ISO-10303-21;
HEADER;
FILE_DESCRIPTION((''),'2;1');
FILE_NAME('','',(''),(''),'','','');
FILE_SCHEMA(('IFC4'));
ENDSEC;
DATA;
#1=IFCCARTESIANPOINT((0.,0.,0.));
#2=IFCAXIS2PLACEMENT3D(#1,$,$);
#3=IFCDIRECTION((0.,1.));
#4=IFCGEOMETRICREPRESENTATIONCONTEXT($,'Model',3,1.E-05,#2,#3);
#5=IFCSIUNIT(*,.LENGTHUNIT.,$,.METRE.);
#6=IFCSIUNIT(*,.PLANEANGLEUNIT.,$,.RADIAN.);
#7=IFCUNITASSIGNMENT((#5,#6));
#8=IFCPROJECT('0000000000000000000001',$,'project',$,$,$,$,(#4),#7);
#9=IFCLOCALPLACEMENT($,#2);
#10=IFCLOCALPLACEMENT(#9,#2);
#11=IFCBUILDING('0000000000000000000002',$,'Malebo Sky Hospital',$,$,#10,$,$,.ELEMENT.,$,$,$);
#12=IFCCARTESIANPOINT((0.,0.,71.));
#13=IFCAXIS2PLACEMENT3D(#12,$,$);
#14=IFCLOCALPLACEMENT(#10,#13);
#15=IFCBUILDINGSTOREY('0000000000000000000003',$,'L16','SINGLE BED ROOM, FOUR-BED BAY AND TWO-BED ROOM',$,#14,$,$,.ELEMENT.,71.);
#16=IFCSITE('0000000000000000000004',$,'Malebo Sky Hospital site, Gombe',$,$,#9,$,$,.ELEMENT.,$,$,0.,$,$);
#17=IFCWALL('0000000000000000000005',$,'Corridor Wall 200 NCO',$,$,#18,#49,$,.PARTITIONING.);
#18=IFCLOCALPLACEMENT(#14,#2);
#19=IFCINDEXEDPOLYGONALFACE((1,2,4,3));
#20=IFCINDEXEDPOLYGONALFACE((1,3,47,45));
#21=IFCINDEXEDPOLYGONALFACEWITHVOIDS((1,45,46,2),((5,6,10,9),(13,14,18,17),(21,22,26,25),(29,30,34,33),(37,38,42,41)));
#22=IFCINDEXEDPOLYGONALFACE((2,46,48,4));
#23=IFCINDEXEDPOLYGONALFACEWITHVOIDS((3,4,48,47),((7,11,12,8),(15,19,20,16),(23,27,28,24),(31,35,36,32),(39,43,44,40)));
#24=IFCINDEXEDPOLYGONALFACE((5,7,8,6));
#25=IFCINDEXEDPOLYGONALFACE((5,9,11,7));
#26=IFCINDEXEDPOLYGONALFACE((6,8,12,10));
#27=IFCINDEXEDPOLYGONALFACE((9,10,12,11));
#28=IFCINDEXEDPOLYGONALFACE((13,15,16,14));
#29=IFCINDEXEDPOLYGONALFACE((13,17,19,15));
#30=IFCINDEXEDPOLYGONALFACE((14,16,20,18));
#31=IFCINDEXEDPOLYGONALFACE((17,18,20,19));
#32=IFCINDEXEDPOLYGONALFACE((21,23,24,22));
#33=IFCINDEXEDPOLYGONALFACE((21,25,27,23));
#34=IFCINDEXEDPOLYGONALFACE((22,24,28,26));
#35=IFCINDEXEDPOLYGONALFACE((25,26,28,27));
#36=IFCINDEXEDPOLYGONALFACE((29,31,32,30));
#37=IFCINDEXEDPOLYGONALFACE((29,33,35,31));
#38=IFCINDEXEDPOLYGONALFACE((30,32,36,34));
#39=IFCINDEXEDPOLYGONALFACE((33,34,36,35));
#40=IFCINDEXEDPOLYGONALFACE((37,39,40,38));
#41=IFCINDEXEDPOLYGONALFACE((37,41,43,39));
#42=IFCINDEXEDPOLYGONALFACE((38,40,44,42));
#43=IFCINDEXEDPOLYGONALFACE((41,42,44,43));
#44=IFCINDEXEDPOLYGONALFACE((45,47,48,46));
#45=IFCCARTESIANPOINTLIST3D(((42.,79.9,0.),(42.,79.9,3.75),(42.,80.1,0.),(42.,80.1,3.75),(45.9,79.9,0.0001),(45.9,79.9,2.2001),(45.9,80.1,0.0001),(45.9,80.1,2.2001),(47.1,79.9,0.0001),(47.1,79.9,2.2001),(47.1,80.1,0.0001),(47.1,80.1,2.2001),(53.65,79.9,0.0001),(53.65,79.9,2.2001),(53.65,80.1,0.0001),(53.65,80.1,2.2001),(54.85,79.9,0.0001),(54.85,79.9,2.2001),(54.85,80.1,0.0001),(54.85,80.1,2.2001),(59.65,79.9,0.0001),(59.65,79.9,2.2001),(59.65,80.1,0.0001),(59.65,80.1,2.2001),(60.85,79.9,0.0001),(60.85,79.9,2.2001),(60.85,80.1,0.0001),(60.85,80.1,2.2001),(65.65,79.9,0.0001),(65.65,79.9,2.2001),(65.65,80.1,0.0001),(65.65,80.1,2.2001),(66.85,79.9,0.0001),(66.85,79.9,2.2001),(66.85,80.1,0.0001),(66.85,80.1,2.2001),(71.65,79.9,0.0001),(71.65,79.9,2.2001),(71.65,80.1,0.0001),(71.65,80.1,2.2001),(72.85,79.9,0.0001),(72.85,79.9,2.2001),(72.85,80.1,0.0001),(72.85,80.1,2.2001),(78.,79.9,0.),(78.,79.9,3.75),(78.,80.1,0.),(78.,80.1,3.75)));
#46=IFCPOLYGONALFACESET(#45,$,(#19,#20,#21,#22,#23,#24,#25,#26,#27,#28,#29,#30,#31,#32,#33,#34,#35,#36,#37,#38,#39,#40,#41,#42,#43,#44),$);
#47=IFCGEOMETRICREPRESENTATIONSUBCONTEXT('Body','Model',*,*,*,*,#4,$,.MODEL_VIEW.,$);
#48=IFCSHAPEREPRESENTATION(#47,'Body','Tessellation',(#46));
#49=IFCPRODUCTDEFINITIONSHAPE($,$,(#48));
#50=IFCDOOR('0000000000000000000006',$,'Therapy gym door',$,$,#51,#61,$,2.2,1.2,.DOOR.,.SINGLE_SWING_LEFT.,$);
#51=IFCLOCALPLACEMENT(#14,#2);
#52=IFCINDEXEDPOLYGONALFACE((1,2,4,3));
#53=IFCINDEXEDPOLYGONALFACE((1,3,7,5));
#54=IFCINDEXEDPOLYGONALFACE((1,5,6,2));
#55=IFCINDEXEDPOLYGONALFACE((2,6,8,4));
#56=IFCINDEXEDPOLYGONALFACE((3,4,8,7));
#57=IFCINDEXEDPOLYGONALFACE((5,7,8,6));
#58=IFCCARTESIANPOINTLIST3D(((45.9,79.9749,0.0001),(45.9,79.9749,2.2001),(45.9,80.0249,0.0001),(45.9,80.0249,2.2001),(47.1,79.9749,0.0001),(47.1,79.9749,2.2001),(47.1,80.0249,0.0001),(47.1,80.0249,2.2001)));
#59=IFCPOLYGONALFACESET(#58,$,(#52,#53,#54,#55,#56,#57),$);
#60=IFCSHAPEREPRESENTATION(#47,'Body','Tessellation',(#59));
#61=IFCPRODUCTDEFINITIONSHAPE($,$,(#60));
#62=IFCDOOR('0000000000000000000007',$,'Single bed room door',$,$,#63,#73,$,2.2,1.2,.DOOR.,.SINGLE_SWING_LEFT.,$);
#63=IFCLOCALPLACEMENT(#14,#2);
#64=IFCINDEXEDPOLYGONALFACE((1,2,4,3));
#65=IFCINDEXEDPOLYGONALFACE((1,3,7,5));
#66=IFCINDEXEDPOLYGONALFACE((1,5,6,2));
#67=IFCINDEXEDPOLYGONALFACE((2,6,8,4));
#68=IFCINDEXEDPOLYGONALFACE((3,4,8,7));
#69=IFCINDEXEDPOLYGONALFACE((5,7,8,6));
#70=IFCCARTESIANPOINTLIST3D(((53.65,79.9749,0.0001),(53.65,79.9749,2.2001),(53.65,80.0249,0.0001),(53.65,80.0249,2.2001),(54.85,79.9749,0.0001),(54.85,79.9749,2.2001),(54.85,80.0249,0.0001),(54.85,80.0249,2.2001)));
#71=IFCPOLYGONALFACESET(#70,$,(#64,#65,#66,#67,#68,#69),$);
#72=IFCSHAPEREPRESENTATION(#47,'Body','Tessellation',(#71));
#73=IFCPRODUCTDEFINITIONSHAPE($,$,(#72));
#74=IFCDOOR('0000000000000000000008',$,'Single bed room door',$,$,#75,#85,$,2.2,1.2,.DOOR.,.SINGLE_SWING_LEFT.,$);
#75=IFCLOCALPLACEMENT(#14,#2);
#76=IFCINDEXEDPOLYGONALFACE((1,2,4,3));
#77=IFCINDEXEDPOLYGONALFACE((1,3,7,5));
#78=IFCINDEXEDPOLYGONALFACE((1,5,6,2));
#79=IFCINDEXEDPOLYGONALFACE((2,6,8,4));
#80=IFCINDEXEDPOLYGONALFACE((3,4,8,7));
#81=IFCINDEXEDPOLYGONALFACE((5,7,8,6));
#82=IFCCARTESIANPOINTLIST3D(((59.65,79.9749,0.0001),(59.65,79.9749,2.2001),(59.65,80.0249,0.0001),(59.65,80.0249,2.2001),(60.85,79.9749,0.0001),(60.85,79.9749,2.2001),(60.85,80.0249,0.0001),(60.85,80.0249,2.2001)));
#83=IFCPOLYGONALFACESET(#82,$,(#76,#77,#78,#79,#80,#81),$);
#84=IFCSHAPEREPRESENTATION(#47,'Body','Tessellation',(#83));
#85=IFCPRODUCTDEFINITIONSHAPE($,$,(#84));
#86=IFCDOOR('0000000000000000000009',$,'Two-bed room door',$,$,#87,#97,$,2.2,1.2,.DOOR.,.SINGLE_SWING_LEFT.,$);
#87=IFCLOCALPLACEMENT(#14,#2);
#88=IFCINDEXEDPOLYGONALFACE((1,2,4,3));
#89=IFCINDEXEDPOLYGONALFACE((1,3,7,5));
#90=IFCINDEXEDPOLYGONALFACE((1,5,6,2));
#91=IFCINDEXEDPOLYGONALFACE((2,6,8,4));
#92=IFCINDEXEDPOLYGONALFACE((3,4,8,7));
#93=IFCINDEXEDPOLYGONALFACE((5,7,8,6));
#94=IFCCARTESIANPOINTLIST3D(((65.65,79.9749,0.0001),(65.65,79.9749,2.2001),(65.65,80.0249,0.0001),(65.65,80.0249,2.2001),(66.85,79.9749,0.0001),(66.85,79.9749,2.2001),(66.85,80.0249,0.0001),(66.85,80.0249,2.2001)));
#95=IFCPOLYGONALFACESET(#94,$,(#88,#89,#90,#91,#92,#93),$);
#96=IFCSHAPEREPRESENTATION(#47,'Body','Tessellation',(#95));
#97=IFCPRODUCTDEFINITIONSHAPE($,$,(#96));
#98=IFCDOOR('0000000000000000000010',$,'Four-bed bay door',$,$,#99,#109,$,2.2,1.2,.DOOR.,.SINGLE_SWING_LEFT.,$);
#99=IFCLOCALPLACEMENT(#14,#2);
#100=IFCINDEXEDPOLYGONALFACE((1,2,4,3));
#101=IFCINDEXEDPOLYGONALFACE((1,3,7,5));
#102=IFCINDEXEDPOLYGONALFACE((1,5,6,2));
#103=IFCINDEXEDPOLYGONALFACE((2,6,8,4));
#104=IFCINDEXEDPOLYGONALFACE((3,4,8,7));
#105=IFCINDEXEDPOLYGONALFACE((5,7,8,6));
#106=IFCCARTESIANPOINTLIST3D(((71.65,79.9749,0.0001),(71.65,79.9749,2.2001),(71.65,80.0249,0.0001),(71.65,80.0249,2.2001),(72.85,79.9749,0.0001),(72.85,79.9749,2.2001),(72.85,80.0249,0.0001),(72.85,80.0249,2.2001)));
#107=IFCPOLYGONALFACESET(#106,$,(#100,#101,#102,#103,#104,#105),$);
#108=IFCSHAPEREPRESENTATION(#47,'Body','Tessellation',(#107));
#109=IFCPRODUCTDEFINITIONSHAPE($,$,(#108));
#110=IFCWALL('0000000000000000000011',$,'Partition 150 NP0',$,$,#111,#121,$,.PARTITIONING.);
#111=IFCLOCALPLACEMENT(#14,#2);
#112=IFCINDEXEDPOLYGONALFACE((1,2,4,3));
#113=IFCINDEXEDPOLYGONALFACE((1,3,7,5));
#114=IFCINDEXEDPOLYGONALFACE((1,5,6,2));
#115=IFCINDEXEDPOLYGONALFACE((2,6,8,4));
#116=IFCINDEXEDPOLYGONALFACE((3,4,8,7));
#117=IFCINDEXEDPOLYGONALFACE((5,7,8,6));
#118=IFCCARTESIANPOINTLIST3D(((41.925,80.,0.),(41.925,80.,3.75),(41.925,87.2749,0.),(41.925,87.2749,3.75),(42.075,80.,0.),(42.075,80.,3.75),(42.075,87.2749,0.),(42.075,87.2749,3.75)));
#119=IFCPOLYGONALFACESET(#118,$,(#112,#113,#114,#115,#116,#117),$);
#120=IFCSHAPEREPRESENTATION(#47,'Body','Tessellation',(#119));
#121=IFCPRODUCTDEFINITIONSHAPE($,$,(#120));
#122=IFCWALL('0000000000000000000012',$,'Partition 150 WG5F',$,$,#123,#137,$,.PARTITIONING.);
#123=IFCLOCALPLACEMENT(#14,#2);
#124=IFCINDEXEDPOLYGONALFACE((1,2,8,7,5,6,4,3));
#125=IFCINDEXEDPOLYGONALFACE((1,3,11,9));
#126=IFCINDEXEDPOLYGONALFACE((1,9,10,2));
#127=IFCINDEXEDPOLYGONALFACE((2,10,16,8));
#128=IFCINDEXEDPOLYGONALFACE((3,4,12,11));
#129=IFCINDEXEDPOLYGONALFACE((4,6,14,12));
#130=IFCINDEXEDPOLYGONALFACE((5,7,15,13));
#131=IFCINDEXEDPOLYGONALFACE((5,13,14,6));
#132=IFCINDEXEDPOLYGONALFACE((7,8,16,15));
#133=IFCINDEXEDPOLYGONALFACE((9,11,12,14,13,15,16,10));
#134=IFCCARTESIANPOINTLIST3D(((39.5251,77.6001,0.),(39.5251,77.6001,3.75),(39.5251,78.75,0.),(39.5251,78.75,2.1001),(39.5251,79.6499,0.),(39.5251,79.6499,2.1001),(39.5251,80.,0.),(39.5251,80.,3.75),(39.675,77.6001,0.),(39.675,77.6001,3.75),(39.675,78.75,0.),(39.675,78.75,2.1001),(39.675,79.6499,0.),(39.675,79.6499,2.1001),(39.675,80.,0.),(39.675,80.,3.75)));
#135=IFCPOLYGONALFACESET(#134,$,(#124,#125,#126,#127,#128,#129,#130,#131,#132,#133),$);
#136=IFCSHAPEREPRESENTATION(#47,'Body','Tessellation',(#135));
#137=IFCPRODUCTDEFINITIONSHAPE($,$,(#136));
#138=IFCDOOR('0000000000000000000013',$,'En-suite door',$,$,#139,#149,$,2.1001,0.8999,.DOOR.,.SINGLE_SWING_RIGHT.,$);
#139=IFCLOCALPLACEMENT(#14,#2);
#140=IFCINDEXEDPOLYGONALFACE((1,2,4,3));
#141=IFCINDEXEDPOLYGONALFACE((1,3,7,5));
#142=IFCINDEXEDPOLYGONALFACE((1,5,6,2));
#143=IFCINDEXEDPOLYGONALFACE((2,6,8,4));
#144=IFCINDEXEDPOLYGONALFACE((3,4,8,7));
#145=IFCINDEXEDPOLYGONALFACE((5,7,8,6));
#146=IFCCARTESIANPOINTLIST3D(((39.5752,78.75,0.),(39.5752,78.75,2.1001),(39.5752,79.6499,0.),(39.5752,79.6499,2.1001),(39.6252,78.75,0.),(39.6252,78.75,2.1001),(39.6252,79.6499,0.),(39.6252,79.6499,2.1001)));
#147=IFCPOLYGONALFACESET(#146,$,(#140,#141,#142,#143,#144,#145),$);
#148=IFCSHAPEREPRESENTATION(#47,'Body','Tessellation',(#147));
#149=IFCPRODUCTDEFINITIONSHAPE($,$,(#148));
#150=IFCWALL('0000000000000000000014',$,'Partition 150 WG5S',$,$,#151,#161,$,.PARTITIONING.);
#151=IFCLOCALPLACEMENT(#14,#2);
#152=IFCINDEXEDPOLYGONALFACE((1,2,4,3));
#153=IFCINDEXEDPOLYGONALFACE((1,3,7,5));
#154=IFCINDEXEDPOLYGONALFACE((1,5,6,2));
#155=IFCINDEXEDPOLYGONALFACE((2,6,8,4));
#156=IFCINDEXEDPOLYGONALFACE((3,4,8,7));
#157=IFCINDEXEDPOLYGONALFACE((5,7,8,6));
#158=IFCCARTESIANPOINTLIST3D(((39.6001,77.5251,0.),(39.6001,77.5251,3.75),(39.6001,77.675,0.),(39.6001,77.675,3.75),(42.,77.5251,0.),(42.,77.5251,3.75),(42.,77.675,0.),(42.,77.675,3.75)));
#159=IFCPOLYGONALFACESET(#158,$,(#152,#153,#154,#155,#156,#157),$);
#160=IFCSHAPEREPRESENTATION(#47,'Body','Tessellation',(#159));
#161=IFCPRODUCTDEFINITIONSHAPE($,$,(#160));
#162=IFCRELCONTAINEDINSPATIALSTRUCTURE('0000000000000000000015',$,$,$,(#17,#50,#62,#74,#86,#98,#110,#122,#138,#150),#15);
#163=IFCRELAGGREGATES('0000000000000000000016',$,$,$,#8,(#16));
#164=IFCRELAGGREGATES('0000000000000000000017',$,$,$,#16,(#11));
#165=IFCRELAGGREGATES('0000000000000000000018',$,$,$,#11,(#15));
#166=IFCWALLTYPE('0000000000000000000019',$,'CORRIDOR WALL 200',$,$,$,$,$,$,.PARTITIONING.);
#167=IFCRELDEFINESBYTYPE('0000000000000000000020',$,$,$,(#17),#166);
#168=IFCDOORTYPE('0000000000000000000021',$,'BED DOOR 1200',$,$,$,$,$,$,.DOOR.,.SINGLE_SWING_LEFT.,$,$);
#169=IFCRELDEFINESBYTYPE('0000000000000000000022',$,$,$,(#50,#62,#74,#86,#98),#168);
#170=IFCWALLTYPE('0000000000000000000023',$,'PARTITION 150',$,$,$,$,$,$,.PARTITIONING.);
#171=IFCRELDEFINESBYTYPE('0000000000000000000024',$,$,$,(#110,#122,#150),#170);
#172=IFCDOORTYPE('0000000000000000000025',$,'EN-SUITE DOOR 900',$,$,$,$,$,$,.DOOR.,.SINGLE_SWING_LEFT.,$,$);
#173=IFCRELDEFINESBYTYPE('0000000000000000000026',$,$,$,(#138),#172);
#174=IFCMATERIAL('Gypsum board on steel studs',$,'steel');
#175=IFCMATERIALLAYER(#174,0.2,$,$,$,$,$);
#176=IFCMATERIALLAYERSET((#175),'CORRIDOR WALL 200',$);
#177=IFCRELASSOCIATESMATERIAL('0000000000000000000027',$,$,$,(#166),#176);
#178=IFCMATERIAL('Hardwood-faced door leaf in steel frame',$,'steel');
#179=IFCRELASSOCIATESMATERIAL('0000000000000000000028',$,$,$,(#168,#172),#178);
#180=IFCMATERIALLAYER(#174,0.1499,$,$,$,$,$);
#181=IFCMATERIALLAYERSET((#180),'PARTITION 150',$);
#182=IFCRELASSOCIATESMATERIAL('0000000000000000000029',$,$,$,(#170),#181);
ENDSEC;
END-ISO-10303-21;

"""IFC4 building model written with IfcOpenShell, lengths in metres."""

from ifc_helpers import new_model, si_unit, direction, frame, frame_2d, origin, place, context, subcontext, project, spatial, rectangle, extrude, material, layer, layer_set, type_object, element, fill, save


model = new_model("IFC4")

# Units and contexts
model_context = context("Model", 3, precision=1e-05, world=origin(), true_north=direction((0.0, 1.0)))
body_context = subcontext(model_context, "Body", "Model", "MODEL_VIEW")
ifc_project = project(units=[si_unit("LENGTHUNIT", "METRE"), si_unit("PLANEANGLEUNIT", "RADIAN")], contexts=[model_context])

# Site, building, storey
site_placement = place(None, origin())
site = spatial("IfcSite", under=ifc_project, at=site_placement, Name="Malebo Sky Hospital site, Gombe", CompositionType="ELEMENT", RefElevation=0.0)
building_placement = place(site_placement, origin())
building = spatial("IfcBuilding", under=site, at=building_placement, Name="Malebo Sky Hospital", CompositionType="ELEMENT")
storey_placement = place(building_placement, frame((0.0, 0.0, 71.0)))
storey = spatial("IfcBuildingStorey", under=building, at=storey_placement, Name="L16", Description="SINGLE BED ROOM, FOUR-BED BAY AND TWO-BED ROOM", CompositionType="ELEMENT", Elevation=71.0)

# Wall, openings, doors
ifc_material_1 = material(Name="Gypsum board on steel studs", Category="steel")
ifc_layer_1 = layer(ifc_material_1, 0.2)
ifc_layer_set_1 = layer_set([ifc_layer_1], Name="CORRIDOR WALL 200")
wall_type_1 = type_object("IfcWallType", Name="CORRIDOR WALL 200", PredefinedType="PARTITIONING", material=ifc_layer_set_1)
wall_1_placement = place(storey_placement, frame((42.0, 80.0, 0.0), z_axis=(0.0, 0.0, 1.0), x_axis=(1.0, 0.0, 0.0)))
wall_1 = element("IfcWall", 1, at=wall_1_placement, inside=storey, type_object=wall_type_1, Name="Corridor Wall 200 NCO", PredefinedType="PARTITIONING", context=body_context, shape_type="SweptSolid", body=[
    extrude(rectangle(XDim=36.0, YDim=0.2, at=frame_2d((18.0, 0.0))), origin(), (0.0, 0.0, 1.0), 3.75),
])
opening_1_placement = place(wall_1_placement, frame((3.8999, 0.0, 0.0)))
opening_1 = element("IfcOpeningElement", 2, at=opening_1_placement, cuts=wall_1, PredefinedType="OPENING", context=body_context, shape_type="SweptSolid", body=[
    extrude(rectangle(XDim=1.2, YDim=2.2, at=frame_2d((0.6001, 1.1001))), frame((0.0, 0.1099, 0.0), z_axis=(0.0, -1.0, 0.0), x_axis=(1.0, 0.0, 0.0)), (0.0, 0.0, 1.0), 0.22),
])
opening_2_placement = place(wall_1_placement, frame((11.6499, 0.0, 0.0)))
opening_2 = element("IfcOpeningElement", 3, at=opening_2_placement, cuts=wall_1, PredefinedType="OPENING", context=body_context, shape_type="SweptSolid", body=[
    extrude(rectangle(XDim=1.2, YDim=2.2, at=frame_2d((0.6001, 1.1001))), frame((0.0, 0.1099, 0.0), z_axis=(0.0, -1.0, 0.0), x_axis=(1.0, 0.0, 0.0)), (0.0, 0.0, 1.0), 0.22),
])
opening_3_placement = place(wall_1_placement, frame((17.6499, 0.0, 0.0)))
opening_3 = element("IfcOpeningElement", 4, at=opening_3_placement, cuts=wall_1, PredefinedType="OPENING", context=body_context, shape_type="SweptSolid", body=[
    extrude(rectangle(XDim=1.2, YDim=2.2, at=frame_2d((0.6001, 1.1001))), frame((0.0, 0.1099, 0.0), z_axis=(0.0, -1.0, 0.0), x_axis=(1.0, 0.0, 0.0)), (0.0, 0.0, 1.0), 0.22),
])
opening_4_placement = place(wall_1_placement, frame((23.6499, 0.0, 0.0)))
opening_4 = element("IfcOpeningElement", 5, at=opening_4_placement, cuts=wall_1, PredefinedType="OPENING", context=body_context, shape_type="SweptSolid", body=[
    extrude(rectangle(XDim=1.2, YDim=2.2, at=frame_2d((0.6001, 1.1001))), frame((0.0, 0.1099, 0.0), z_axis=(0.0, -1.0, 0.0), x_axis=(1.0, 0.0, 0.0)), (0.0, 0.0, 1.0), 0.22),
])
opening_5_placement = place(wall_1_placement, frame((29.6499, 0.0, 0.0)))
opening_5 = element("IfcOpeningElement", 6, at=opening_5_placement, cuts=wall_1, PredefinedType="OPENING", context=body_context, shape_type="SweptSolid", body=[
    extrude(rectangle(XDim=1.2, YDim=2.2, at=frame_2d((0.6001, 1.1001))), frame((0.0, 0.1099, 0.0), z_axis=(0.0, -1.0, 0.0), x_axis=(1.0, 0.0, 0.0)), (0.0, 0.0, 1.0), 0.22),
])
ifc_material_2 = material(Name="Hardwood-faced door leaf in steel frame", Category="steel")
door_type_1 = type_object("IfcDoorType", Name="BED DOOR 1200", OperationType="SINGLE_SWING_LEFT", PredefinedType="DOOR", material=ifc_material_2)
door_1_placement = place(opening_1_placement, origin())
door_1 = element("IfcDoor", 7, at=door_1_placement, inside=storey, type_object=door_type_1, Name="Therapy gym door", OperationType="SINGLE_SWING_LEFT", OverallHeight=2.2, OverallWidth=1.2, PredefinedType="DOOR", context=body_context, shape_type="SweptSolid", body=[
    extrude(rectangle(XDim=1.2, YDim=2.2, at=frame_2d((0.6001, 1.1001))), frame((0.0, 0.0249, 0.0), z_axis=(0.0, -1.0, 0.0), x_axis=(1.0, 0.0, 0.0)), (0.0, 0.0, 1.0), 0.05),
])
fill(opening_1, door_1)
door_2_placement = place(opening_2_placement, origin())
door_2 = element("IfcDoor", 8, at=door_2_placement, inside=storey, type_object=door_type_1, Name="Single bed room door", OperationType="SINGLE_SWING_LEFT", OverallHeight=2.2, OverallWidth=1.2, PredefinedType="DOOR", context=body_context, shape_type="SweptSolid", body=[
    extrude(rectangle(XDim=1.2, YDim=2.2, at=frame_2d((0.6001, 1.1001))), frame((0.0, 0.0249, 0.0), z_axis=(0.0, -1.0, 0.0), x_axis=(1.0, 0.0, 0.0)), (0.0, 0.0, 1.0), 0.05),
])
fill(opening_2, door_2)
door_3_placement = place(opening_3_placement, origin())
door_3 = element("IfcDoor", 9, at=door_3_placement, inside=storey, type_object=door_type_1, Name="Single bed room door", OperationType="SINGLE_SWING_LEFT", OverallHeight=2.2, OverallWidth=1.2, PredefinedType="DOOR", context=body_context, shape_type="SweptSolid", body=[
    extrude(rectangle(XDim=1.2, YDim=2.2, at=frame_2d((0.6001, 1.1001))), frame((0.0, 0.0249, 0.0), z_axis=(0.0, -1.0, 0.0), x_axis=(1.0, 0.0, 0.0)), (0.0, 0.0, 1.0), 0.05),
])
fill(opening_3, door_3)
door_4_placement = place(opening_4_placement, origin())
door_4 = element("IfcDoor", 10, at=door_4_placement, inside=storey, type_object=door_type_1, Name="Two-bed room door", OperationType="SINGLE_SWING_LEFT", OverallHeight=2.2, OverallWidth=1.2, PredefinedType="DOOR", context=body_context, shape_type="SweptSolid", body=[
    extrude(rectangle(XDim=1.2, YDim=2.2, at=frame_2d((0.6001, 1.1001))), frame((0.0, 0.0249, 0.0), z_axis=(0.0, -1.0, 0.0), x_axis=(1.0, 0.0, 0.0)), (0.0, 0.0, 1.0), 0.05),
])
fill(opening_4, door_4)
door_5_placement = place(opening_5_placement, origin())
door_5 = element("IfcDoor", 11, at=door_5_placement, inside=storey, type_object=door_type_1, Name="Four-bed bay door", OperationType="SINGLE_SWING_LEFT", OverallHeight=2.2, OverallWidth=1.2, PredefinedType="DOOR", context=body_context, shape_type="SweptSolid", body=[
    extrude(rectangle(XDim=1.2, YDim=2.2, at=frame_2d((0.6001, 1.1001))), frame((0.0, 0.0249, 0.0), z_axis=(0.0, -1.0, 0.0), x_axis=(1.0, 0.0, 0.0)), (0.0, 0.0, 1.0), 0.05),
])
fill(opening_5, door_5)

# Wall
ifc_layer_2 = layer(ifc_material_1, 0.1499)
ifc_layer_set_2 = layer_set([ifc_layer_2], Name="PARTITION 150")
wall_type_2 = type_object("IfcWallType", Name="PARTITION 150", PredefinedType="PARTITIONING", material=ifc_layer_set_2)
wall_2_placement = place(storey_placement, frame((42.0, 80.0, 0.0), z_axis=(0.0, 0.0, 1.0), x_axis=(0.0, 1.0, 0.0)))
element("IfcWall", 12, at=wall_2_placement, inside=storey, type_object=wall_type_2, Name="Partition 150 NP0", PredefinedType="PARTITIONING", context=body_context, shape_type="SweptSolid", body=[
    extrude(rectangle(XDim=7.2749, YDim=0.1499, at=frame_2d((3.6375, 0.0))), origin(), (0.0, 0.0, 1.0), 3.75),
])

# Wall, opening, door
wall_3_placement = place(storey_placement, frame((39.6001, 77.6001, 0.0), z_axis=(0.0, 0.0, 1.0), x_axis=(0.0, 1.0, 0.0)))
wall_3 = element("IfcWall", 13, at=wall_3_placement, inside=storey, type_object=wall_type_2, Name="Partition 150 WG5F", PredefinedType="PARTITIONING", context=body_context, shape_type="SweptSolid", body=[
    extrude(rectangle(XDim=2.3999, YDim=0.1499, at=frame_2d((1.2, 0.0))), origin(), (0.0, 0.0, 1.0), 3.75),
])
opening_6_placement = place(wall_3_placement, frame((1.1499, 0.0, 0.0)))
opening_6 = element("IfcOpeningElement", 14, at=opening_6_placement, cuts=wall_3, PredefinedType="OPENING", context=body_context, shape_type="SweptSolid", body=[
    extrude(rectangle(XDim=0.8999, YDim=2.1001, at=frame_2d((0.45, 1.05))), frame((0.0, 0.085, 0.0), z_axis=(0.0, -1.0, 0.0), x_axis=(1.0, 0.0, 0.0)), (0.0, 0.0, 1.0), 0.1699),
])
door_type_2 = type_object("IfcDoorType", Name="EN-SUITE DOOR 900", OperationType="SINGLE_SWING_LEFT", PredefinedType="DOOR", material=ifc_material_2)
door_6_placement = place(opening_6_placement, origin())
door_6 = element("IfcDoor", 15, at=door_6_placement, inside=storey, type_object=door_type_2, Name="En-suite door", OperationType="SINGLE_SWING_RIGHT", OverallHeight=2.1001, OverallWidth=0.8999, PredefinedType="DOOR", context=body_context, shape_type="SweptSolid", body=[
    extrude(rectangle(XDim=0.8999, YDim=2.1001, at=frame_2d((0.45, 1.05))), frame((0.0, 0.0249, 0.0), z_axis=(0.0, -1.0, 0.0), x_axis=(1.0, 0.0, 0.0)), (0.0, 0.0, 1.0), 0.05),
])
fill(opening_6, door_6)

# Wall
for number, where, z_axis, x_axis, name in (
    (16, (42.0, 77.6001, 0.0), (0.0, 0.0, 1.0), (-1.0, 0.0, 0.0), "Partition 150 WG5S"),
):
    element("IfcWall", number, at=place(storey_placement, frame(where, z_axis=z_axis, x_axis=x_axis)), inside=storey, type_object=wall_type_2, Name=name, PredefinedType="PARTITIONING", context=body_context, shape_type="SweptSolid", body=[
        extrude(rectangle(XDim=2.3999, YDim=0.1499, at=frame_2d((1.2, 0.0))), origin(), (0.0, 0.0, 1.0), 3.75),
    ])

save(model, "model.ifc")
